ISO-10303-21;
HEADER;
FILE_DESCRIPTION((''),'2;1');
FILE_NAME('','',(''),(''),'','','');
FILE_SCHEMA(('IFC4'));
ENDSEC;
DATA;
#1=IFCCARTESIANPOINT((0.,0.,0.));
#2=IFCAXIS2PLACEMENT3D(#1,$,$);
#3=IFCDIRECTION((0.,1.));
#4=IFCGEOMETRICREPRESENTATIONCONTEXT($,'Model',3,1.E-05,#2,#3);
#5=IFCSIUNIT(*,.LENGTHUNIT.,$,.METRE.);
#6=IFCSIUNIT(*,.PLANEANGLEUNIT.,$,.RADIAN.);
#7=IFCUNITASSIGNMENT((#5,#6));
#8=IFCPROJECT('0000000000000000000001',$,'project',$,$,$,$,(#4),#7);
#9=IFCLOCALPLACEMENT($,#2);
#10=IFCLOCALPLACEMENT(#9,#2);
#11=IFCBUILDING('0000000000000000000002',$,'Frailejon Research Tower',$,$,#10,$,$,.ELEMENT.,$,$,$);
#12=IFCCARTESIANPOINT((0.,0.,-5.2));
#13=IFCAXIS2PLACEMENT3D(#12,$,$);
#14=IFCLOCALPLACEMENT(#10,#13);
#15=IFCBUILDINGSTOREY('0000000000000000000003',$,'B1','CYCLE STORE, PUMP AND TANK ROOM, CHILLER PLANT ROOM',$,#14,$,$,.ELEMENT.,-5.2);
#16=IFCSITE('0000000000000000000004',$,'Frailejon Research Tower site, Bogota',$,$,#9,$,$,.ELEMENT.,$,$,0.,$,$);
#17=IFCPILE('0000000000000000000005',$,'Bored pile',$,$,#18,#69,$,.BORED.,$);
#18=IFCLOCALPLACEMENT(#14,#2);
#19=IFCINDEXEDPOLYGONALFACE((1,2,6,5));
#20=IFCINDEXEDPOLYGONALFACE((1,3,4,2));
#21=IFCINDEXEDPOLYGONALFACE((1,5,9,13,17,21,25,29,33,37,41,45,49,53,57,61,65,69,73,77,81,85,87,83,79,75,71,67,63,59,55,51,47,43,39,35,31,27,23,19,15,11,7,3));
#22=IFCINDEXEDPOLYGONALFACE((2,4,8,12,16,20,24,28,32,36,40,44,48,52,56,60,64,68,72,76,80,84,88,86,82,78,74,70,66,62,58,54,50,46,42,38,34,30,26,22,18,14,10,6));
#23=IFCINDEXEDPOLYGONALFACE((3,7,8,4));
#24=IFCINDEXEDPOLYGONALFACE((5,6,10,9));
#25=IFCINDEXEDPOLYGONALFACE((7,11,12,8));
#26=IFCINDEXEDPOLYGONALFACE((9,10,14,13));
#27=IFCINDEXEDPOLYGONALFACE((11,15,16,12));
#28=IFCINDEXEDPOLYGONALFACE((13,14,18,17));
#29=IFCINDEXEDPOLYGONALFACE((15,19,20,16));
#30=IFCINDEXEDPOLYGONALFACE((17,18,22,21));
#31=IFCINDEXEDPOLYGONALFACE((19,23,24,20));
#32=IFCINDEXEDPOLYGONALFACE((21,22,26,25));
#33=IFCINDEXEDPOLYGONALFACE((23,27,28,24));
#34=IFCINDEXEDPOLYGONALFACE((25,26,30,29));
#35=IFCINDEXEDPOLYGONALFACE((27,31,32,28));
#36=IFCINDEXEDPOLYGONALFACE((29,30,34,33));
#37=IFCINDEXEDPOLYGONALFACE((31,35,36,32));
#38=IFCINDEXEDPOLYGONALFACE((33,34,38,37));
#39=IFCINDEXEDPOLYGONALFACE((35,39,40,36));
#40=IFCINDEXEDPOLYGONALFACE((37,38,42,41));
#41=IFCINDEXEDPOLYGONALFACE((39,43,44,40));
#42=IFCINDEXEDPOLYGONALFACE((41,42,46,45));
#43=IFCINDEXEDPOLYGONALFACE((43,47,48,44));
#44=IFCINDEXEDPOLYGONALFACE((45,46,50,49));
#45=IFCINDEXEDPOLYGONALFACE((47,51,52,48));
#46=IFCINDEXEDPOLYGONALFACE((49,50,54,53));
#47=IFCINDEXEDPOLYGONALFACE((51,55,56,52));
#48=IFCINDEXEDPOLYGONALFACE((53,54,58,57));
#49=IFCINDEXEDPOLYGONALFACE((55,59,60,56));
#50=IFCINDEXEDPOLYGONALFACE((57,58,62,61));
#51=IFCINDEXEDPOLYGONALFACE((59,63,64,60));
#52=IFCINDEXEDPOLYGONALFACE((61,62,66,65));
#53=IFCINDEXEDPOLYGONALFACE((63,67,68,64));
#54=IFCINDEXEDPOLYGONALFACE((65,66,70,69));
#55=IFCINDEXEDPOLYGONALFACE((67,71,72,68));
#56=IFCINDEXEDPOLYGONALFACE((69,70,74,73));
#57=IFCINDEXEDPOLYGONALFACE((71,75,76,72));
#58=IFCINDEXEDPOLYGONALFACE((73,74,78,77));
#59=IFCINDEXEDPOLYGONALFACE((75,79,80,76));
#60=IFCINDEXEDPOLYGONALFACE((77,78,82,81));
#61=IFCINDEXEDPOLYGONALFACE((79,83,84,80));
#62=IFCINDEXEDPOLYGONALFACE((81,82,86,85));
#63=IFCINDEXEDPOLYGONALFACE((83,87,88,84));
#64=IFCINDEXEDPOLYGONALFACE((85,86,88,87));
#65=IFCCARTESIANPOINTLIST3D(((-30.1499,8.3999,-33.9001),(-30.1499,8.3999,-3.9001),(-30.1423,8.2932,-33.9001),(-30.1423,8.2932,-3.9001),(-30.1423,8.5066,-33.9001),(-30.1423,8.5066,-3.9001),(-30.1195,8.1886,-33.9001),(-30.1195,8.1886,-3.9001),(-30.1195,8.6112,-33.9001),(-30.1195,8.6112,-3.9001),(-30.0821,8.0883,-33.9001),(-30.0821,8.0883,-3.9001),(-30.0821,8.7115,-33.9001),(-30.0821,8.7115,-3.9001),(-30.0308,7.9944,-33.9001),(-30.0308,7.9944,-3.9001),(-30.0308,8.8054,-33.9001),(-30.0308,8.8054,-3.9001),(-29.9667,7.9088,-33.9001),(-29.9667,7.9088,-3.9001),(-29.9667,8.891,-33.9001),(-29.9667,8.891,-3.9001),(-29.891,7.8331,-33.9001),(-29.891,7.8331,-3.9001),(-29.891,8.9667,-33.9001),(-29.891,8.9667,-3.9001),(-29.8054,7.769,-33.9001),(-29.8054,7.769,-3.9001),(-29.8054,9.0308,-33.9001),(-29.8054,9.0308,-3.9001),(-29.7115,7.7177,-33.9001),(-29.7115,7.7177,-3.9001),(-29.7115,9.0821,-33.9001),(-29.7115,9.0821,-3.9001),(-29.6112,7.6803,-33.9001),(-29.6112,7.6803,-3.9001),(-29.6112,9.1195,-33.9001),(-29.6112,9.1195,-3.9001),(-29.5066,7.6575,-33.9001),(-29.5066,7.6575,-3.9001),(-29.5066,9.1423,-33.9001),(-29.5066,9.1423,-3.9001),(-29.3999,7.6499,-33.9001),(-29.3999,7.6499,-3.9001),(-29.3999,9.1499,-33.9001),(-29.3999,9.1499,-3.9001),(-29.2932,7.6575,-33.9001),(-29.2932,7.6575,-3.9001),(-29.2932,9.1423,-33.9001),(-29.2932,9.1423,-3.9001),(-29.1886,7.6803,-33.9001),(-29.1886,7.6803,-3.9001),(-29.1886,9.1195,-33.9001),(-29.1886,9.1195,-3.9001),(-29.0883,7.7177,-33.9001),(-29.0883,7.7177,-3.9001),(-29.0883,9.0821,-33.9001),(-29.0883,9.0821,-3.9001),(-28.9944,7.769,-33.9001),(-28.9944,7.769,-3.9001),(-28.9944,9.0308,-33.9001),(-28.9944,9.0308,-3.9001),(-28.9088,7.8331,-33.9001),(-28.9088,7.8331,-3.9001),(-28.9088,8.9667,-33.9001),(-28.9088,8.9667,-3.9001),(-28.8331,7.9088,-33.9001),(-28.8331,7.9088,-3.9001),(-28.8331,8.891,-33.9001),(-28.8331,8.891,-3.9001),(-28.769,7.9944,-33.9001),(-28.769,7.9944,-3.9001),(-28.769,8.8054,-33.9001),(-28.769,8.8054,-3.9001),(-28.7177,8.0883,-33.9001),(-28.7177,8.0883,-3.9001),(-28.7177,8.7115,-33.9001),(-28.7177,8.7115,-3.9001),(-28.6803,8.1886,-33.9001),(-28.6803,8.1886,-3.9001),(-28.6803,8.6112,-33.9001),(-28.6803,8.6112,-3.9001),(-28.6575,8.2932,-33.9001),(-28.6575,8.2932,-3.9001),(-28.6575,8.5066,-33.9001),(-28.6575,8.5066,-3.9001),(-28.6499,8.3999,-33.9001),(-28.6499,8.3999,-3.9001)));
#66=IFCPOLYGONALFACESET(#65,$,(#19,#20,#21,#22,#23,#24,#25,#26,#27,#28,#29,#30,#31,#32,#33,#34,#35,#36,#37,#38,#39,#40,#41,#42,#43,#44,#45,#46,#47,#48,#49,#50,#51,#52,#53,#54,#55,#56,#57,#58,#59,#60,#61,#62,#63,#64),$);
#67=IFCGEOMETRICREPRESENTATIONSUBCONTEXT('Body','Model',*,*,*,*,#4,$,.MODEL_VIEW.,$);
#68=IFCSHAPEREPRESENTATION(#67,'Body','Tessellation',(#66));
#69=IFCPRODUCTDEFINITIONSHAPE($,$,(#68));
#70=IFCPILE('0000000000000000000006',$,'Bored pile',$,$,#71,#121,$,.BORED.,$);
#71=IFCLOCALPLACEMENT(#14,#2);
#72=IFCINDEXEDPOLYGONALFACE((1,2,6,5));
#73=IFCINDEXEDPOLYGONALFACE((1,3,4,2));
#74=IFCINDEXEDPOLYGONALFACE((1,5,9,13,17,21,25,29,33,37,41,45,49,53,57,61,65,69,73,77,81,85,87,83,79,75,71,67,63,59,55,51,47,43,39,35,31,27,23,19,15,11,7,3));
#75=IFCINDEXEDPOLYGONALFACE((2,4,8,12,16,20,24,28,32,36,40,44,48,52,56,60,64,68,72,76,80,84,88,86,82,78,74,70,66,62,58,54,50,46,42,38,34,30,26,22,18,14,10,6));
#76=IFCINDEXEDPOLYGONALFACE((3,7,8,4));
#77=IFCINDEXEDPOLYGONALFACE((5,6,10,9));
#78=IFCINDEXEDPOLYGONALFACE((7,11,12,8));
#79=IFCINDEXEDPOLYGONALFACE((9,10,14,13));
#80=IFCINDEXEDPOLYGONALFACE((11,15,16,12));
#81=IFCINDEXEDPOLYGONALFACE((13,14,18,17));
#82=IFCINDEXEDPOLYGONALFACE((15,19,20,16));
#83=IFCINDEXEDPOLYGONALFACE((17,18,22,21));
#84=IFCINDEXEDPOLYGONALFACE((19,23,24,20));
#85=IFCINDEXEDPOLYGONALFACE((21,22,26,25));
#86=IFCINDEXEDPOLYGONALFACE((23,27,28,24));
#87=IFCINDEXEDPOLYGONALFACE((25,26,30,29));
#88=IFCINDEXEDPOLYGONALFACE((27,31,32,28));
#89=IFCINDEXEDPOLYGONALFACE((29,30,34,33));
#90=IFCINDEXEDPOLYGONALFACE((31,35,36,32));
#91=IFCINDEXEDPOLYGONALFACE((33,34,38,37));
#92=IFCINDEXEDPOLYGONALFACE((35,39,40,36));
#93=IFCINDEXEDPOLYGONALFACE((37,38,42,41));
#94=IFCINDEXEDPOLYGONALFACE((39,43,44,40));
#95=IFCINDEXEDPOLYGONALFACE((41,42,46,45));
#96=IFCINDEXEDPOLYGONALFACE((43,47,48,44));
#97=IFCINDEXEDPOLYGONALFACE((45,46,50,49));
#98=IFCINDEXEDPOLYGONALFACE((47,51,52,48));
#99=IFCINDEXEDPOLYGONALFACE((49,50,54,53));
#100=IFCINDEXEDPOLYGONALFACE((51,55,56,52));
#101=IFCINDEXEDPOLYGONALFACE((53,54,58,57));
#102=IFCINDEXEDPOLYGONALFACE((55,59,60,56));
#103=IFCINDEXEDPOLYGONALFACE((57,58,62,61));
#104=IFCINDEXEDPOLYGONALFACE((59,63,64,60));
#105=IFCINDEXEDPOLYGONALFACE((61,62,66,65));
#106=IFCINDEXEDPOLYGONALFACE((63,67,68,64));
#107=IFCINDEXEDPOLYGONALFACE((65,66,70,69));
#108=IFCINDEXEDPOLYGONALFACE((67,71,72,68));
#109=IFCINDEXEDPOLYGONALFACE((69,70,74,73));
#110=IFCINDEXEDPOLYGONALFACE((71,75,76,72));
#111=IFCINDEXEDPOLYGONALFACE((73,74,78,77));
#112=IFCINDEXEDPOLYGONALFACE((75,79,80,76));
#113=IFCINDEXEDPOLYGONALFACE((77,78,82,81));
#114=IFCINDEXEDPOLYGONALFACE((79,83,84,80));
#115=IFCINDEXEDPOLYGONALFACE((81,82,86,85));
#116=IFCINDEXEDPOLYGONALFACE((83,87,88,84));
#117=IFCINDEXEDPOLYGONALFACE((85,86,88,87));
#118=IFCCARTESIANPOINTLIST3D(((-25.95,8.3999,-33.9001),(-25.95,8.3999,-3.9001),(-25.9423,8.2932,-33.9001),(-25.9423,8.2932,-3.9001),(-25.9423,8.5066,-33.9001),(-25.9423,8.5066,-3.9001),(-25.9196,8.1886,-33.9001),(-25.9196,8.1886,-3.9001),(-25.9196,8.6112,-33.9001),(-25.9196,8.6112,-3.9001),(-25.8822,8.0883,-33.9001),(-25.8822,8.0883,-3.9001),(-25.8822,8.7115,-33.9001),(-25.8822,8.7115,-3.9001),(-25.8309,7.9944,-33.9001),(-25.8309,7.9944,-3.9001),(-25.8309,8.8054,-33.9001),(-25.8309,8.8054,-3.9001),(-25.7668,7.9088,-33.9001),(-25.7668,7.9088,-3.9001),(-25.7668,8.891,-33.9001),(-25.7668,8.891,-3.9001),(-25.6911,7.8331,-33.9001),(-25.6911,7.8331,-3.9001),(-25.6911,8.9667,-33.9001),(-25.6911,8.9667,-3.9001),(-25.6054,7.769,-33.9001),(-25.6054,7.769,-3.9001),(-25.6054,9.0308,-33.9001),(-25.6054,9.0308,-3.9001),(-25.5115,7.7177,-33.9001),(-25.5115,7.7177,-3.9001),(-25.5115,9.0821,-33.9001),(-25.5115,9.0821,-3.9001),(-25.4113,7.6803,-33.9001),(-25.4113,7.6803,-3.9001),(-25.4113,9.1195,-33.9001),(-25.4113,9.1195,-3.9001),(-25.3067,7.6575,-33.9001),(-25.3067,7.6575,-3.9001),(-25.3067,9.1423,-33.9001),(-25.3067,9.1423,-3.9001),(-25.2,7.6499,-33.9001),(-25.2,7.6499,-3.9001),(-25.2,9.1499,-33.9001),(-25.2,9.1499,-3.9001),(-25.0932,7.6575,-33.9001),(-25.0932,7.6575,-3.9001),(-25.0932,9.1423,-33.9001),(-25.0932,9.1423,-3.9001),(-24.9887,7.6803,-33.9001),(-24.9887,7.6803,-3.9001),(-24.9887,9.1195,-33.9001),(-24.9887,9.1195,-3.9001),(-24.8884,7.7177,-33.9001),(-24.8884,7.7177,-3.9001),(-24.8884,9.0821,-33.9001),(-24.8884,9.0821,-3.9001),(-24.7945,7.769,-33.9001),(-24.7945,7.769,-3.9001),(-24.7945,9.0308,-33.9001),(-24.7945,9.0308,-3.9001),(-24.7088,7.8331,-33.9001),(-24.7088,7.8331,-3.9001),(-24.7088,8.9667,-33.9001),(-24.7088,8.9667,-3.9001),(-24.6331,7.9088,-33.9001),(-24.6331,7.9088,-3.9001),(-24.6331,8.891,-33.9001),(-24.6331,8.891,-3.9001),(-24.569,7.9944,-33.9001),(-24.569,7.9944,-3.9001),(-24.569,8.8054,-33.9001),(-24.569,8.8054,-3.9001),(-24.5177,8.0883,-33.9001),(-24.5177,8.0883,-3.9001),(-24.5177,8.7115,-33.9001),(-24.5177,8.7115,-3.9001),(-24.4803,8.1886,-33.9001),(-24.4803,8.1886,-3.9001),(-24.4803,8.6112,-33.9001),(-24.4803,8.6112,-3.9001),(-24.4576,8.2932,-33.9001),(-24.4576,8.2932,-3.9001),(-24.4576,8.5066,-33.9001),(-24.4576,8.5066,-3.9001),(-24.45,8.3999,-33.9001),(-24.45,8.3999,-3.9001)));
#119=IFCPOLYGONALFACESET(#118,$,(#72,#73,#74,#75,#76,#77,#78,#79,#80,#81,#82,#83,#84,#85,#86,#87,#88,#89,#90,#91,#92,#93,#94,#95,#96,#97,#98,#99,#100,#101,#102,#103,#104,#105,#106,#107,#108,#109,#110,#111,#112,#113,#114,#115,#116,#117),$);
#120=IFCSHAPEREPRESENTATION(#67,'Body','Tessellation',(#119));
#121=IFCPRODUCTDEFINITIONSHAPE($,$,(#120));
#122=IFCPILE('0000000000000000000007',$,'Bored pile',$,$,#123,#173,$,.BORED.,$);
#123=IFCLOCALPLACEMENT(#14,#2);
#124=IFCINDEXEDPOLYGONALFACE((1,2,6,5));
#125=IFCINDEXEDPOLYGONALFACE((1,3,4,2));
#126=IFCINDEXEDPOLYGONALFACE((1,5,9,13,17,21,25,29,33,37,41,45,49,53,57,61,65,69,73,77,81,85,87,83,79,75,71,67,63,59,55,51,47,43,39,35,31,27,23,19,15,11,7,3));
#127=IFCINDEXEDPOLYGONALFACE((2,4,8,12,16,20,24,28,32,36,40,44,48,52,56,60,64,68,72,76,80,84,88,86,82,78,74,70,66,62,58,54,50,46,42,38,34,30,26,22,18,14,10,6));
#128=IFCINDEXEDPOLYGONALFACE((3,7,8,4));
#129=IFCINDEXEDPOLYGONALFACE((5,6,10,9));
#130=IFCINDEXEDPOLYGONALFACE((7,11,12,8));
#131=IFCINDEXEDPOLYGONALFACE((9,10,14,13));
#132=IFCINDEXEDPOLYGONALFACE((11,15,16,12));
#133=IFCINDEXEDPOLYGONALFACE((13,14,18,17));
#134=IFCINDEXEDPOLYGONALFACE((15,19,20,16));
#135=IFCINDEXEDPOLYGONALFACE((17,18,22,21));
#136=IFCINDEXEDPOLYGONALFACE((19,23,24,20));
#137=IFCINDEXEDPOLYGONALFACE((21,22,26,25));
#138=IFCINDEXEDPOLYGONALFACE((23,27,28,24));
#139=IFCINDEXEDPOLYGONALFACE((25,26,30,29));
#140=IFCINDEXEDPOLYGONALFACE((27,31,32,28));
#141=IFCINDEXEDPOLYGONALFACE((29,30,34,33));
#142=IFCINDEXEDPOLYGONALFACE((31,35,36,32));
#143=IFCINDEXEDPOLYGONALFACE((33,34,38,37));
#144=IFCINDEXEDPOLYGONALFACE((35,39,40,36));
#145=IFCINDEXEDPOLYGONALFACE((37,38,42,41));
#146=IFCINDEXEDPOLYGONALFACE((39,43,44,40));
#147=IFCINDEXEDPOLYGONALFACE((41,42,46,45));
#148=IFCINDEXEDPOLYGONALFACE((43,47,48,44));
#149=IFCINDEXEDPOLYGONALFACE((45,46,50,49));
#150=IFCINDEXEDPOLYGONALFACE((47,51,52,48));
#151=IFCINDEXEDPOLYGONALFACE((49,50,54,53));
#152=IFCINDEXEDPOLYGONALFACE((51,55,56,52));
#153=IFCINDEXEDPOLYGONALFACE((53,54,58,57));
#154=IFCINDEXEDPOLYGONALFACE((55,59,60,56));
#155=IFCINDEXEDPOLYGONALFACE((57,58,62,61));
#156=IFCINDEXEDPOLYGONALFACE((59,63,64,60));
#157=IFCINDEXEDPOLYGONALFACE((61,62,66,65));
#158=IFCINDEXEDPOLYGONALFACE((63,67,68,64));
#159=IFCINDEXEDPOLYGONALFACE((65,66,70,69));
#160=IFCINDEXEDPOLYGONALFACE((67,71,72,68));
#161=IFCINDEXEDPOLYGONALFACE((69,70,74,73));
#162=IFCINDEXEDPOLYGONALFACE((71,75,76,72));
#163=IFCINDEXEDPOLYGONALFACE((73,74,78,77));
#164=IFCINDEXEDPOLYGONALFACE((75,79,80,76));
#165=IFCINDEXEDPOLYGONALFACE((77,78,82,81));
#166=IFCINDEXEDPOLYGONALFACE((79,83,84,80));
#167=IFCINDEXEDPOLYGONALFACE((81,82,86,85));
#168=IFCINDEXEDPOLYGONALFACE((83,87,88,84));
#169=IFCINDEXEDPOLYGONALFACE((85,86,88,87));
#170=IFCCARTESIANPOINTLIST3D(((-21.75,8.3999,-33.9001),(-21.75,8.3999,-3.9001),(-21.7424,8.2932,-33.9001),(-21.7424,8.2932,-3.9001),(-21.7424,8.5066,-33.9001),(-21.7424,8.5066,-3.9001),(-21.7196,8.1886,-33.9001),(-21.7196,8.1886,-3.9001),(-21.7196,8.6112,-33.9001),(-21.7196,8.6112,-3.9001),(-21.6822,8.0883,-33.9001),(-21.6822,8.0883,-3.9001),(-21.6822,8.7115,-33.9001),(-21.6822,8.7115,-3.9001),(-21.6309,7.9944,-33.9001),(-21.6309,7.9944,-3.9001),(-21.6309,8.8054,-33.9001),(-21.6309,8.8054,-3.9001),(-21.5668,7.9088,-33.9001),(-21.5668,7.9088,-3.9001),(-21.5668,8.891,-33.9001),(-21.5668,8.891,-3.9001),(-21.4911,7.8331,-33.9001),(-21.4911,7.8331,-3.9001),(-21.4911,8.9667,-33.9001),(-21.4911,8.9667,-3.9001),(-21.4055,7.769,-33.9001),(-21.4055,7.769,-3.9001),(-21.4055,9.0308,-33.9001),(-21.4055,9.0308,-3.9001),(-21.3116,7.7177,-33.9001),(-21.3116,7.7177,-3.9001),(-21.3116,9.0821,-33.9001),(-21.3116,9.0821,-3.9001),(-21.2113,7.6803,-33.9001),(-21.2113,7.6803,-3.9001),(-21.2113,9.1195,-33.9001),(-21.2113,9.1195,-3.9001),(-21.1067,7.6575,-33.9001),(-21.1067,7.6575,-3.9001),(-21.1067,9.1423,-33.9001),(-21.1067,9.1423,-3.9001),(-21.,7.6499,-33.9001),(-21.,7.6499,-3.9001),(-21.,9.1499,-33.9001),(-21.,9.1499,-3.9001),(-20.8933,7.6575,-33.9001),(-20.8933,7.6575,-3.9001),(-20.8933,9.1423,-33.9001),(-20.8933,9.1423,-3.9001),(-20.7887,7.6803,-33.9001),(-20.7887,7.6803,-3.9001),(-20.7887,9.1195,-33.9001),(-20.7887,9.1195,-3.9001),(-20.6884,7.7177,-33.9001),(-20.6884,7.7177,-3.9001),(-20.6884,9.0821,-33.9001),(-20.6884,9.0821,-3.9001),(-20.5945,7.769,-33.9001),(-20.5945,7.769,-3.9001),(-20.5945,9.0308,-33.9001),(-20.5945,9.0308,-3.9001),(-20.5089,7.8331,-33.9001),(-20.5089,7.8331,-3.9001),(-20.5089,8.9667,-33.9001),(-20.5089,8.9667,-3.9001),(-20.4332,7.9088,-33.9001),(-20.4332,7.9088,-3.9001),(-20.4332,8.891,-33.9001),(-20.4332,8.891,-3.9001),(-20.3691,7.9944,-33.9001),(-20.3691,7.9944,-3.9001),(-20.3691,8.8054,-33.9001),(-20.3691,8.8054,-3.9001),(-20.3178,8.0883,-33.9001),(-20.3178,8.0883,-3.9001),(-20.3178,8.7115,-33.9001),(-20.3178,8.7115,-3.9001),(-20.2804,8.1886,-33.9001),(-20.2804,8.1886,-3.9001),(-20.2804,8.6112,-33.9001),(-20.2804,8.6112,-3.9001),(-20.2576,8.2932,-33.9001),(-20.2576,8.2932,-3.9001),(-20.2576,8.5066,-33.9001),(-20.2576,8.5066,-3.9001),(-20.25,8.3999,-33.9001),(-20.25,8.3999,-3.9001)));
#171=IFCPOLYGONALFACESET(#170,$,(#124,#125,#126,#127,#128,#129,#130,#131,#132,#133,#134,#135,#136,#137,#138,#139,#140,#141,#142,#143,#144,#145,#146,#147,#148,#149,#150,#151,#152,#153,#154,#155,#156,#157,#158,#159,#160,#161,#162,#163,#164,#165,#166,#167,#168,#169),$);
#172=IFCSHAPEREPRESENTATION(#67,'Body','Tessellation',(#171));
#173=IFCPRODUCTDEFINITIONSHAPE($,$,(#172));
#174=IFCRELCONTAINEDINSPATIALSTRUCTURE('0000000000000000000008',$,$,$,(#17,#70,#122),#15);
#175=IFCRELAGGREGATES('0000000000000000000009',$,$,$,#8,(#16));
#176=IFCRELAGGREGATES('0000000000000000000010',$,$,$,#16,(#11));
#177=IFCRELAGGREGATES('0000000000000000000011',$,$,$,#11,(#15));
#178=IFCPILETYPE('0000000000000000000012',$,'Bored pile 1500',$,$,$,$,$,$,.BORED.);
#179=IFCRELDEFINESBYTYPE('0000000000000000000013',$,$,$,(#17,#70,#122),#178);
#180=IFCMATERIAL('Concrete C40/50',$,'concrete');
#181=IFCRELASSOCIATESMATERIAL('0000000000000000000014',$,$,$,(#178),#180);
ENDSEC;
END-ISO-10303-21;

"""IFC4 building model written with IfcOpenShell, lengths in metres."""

from ifc_helpers import new_model, si_unit, direction, frame, origin, origin_2d, place, context, subcontext, project, spatial, circle, extrude, material, material_profile, profile_set, type_object, element, save


model = new_model("IFC4")

# Units and contexts
model_context = context("Model", 3, precision=1e-05, world=origin(), true_north=direction((0.0, 1.0)))
body_context = subcontext(model_context, "Body", "Model", "MODEL_VIEW")
ifc_project = project(units=[si_unit("LENGTHUNIT", "METRE"), si_unit("PLANEANGLEUNIT", "RADIAN")], contexts=[model_context])

# Site, building, storey
site_placement = place(None, origin())
site = spatial("IfcSite", under=ifc_project, at=site_placement, Name="Frailejon Research Tower site, Bogota", CompositionType="ELEMENT", RefElevation=0.0)
building_placement = place(site_placement, origin())
building = spatial("IfcBuilding", under=site, at=building_placement, Name="Frailejon Research Tower", CompositionType="ELEMENT")
storey_placement = place(building_placement, frame((0.0, 0.0, -5.2)))
storey = spatial("IfcBuildingStorey", under=building, at=storey_placement, Name="B1", Description="CYCLE STORE, PUMP AND TANK ROOM, CHILLER PLANT ROOM", CompositionType="ELEMENT", Elevation=-5.2)

# Piles
ifc_material_1 = material(Name="Concrete C40/50", Category="concrete")
ifc_material_profile_1 = material_profile(ifc_material_1, circle(Radius=0.75, at=origin_2d()), Name="Bored pile 1500")
ifc_profile_set_1 = profile_set([ifc_material_profile_1], Name="Concrete C40/50")
pile_type = type_object("IfcPileType", Name="Bored pile 1500", PredefinedType="BORED", material=ifc_profile_set_1)
for number, where, z_axis, x_axis, name in (
    (1, (-29.3999, 8.3999, -3.9001), (0.0, 0.0, -1.0), (1.0, 0.0, 0.0), "Bored pile"),
    (2, (-25.2, 8.3999, -3.9001), (0.0, 0.0, -1.0), (1.0, 0.0, 0.0), "Bored pile"),
    (3, (-21.0, 8.3999, -3.9001), (0.0, 0.0, -1.0), (1.0, 0.0, 0.0), "Bored pile"),
):
    element("IfcPile", number, at=place(storey_placement, frame(where, z_axis=z_axis, x_axis=x_axis)), inside=storey, type_object=pile_type, Name=name, PredefinedType="BORED", context=body_context, shape_type="SweptSolid", body=[
        extrude(circle(Radius=0.75, at=origin_2d()), origin(), (0.0, 0.0, 1.0), 30.0),
    ])

save(model, "model.ifc")
